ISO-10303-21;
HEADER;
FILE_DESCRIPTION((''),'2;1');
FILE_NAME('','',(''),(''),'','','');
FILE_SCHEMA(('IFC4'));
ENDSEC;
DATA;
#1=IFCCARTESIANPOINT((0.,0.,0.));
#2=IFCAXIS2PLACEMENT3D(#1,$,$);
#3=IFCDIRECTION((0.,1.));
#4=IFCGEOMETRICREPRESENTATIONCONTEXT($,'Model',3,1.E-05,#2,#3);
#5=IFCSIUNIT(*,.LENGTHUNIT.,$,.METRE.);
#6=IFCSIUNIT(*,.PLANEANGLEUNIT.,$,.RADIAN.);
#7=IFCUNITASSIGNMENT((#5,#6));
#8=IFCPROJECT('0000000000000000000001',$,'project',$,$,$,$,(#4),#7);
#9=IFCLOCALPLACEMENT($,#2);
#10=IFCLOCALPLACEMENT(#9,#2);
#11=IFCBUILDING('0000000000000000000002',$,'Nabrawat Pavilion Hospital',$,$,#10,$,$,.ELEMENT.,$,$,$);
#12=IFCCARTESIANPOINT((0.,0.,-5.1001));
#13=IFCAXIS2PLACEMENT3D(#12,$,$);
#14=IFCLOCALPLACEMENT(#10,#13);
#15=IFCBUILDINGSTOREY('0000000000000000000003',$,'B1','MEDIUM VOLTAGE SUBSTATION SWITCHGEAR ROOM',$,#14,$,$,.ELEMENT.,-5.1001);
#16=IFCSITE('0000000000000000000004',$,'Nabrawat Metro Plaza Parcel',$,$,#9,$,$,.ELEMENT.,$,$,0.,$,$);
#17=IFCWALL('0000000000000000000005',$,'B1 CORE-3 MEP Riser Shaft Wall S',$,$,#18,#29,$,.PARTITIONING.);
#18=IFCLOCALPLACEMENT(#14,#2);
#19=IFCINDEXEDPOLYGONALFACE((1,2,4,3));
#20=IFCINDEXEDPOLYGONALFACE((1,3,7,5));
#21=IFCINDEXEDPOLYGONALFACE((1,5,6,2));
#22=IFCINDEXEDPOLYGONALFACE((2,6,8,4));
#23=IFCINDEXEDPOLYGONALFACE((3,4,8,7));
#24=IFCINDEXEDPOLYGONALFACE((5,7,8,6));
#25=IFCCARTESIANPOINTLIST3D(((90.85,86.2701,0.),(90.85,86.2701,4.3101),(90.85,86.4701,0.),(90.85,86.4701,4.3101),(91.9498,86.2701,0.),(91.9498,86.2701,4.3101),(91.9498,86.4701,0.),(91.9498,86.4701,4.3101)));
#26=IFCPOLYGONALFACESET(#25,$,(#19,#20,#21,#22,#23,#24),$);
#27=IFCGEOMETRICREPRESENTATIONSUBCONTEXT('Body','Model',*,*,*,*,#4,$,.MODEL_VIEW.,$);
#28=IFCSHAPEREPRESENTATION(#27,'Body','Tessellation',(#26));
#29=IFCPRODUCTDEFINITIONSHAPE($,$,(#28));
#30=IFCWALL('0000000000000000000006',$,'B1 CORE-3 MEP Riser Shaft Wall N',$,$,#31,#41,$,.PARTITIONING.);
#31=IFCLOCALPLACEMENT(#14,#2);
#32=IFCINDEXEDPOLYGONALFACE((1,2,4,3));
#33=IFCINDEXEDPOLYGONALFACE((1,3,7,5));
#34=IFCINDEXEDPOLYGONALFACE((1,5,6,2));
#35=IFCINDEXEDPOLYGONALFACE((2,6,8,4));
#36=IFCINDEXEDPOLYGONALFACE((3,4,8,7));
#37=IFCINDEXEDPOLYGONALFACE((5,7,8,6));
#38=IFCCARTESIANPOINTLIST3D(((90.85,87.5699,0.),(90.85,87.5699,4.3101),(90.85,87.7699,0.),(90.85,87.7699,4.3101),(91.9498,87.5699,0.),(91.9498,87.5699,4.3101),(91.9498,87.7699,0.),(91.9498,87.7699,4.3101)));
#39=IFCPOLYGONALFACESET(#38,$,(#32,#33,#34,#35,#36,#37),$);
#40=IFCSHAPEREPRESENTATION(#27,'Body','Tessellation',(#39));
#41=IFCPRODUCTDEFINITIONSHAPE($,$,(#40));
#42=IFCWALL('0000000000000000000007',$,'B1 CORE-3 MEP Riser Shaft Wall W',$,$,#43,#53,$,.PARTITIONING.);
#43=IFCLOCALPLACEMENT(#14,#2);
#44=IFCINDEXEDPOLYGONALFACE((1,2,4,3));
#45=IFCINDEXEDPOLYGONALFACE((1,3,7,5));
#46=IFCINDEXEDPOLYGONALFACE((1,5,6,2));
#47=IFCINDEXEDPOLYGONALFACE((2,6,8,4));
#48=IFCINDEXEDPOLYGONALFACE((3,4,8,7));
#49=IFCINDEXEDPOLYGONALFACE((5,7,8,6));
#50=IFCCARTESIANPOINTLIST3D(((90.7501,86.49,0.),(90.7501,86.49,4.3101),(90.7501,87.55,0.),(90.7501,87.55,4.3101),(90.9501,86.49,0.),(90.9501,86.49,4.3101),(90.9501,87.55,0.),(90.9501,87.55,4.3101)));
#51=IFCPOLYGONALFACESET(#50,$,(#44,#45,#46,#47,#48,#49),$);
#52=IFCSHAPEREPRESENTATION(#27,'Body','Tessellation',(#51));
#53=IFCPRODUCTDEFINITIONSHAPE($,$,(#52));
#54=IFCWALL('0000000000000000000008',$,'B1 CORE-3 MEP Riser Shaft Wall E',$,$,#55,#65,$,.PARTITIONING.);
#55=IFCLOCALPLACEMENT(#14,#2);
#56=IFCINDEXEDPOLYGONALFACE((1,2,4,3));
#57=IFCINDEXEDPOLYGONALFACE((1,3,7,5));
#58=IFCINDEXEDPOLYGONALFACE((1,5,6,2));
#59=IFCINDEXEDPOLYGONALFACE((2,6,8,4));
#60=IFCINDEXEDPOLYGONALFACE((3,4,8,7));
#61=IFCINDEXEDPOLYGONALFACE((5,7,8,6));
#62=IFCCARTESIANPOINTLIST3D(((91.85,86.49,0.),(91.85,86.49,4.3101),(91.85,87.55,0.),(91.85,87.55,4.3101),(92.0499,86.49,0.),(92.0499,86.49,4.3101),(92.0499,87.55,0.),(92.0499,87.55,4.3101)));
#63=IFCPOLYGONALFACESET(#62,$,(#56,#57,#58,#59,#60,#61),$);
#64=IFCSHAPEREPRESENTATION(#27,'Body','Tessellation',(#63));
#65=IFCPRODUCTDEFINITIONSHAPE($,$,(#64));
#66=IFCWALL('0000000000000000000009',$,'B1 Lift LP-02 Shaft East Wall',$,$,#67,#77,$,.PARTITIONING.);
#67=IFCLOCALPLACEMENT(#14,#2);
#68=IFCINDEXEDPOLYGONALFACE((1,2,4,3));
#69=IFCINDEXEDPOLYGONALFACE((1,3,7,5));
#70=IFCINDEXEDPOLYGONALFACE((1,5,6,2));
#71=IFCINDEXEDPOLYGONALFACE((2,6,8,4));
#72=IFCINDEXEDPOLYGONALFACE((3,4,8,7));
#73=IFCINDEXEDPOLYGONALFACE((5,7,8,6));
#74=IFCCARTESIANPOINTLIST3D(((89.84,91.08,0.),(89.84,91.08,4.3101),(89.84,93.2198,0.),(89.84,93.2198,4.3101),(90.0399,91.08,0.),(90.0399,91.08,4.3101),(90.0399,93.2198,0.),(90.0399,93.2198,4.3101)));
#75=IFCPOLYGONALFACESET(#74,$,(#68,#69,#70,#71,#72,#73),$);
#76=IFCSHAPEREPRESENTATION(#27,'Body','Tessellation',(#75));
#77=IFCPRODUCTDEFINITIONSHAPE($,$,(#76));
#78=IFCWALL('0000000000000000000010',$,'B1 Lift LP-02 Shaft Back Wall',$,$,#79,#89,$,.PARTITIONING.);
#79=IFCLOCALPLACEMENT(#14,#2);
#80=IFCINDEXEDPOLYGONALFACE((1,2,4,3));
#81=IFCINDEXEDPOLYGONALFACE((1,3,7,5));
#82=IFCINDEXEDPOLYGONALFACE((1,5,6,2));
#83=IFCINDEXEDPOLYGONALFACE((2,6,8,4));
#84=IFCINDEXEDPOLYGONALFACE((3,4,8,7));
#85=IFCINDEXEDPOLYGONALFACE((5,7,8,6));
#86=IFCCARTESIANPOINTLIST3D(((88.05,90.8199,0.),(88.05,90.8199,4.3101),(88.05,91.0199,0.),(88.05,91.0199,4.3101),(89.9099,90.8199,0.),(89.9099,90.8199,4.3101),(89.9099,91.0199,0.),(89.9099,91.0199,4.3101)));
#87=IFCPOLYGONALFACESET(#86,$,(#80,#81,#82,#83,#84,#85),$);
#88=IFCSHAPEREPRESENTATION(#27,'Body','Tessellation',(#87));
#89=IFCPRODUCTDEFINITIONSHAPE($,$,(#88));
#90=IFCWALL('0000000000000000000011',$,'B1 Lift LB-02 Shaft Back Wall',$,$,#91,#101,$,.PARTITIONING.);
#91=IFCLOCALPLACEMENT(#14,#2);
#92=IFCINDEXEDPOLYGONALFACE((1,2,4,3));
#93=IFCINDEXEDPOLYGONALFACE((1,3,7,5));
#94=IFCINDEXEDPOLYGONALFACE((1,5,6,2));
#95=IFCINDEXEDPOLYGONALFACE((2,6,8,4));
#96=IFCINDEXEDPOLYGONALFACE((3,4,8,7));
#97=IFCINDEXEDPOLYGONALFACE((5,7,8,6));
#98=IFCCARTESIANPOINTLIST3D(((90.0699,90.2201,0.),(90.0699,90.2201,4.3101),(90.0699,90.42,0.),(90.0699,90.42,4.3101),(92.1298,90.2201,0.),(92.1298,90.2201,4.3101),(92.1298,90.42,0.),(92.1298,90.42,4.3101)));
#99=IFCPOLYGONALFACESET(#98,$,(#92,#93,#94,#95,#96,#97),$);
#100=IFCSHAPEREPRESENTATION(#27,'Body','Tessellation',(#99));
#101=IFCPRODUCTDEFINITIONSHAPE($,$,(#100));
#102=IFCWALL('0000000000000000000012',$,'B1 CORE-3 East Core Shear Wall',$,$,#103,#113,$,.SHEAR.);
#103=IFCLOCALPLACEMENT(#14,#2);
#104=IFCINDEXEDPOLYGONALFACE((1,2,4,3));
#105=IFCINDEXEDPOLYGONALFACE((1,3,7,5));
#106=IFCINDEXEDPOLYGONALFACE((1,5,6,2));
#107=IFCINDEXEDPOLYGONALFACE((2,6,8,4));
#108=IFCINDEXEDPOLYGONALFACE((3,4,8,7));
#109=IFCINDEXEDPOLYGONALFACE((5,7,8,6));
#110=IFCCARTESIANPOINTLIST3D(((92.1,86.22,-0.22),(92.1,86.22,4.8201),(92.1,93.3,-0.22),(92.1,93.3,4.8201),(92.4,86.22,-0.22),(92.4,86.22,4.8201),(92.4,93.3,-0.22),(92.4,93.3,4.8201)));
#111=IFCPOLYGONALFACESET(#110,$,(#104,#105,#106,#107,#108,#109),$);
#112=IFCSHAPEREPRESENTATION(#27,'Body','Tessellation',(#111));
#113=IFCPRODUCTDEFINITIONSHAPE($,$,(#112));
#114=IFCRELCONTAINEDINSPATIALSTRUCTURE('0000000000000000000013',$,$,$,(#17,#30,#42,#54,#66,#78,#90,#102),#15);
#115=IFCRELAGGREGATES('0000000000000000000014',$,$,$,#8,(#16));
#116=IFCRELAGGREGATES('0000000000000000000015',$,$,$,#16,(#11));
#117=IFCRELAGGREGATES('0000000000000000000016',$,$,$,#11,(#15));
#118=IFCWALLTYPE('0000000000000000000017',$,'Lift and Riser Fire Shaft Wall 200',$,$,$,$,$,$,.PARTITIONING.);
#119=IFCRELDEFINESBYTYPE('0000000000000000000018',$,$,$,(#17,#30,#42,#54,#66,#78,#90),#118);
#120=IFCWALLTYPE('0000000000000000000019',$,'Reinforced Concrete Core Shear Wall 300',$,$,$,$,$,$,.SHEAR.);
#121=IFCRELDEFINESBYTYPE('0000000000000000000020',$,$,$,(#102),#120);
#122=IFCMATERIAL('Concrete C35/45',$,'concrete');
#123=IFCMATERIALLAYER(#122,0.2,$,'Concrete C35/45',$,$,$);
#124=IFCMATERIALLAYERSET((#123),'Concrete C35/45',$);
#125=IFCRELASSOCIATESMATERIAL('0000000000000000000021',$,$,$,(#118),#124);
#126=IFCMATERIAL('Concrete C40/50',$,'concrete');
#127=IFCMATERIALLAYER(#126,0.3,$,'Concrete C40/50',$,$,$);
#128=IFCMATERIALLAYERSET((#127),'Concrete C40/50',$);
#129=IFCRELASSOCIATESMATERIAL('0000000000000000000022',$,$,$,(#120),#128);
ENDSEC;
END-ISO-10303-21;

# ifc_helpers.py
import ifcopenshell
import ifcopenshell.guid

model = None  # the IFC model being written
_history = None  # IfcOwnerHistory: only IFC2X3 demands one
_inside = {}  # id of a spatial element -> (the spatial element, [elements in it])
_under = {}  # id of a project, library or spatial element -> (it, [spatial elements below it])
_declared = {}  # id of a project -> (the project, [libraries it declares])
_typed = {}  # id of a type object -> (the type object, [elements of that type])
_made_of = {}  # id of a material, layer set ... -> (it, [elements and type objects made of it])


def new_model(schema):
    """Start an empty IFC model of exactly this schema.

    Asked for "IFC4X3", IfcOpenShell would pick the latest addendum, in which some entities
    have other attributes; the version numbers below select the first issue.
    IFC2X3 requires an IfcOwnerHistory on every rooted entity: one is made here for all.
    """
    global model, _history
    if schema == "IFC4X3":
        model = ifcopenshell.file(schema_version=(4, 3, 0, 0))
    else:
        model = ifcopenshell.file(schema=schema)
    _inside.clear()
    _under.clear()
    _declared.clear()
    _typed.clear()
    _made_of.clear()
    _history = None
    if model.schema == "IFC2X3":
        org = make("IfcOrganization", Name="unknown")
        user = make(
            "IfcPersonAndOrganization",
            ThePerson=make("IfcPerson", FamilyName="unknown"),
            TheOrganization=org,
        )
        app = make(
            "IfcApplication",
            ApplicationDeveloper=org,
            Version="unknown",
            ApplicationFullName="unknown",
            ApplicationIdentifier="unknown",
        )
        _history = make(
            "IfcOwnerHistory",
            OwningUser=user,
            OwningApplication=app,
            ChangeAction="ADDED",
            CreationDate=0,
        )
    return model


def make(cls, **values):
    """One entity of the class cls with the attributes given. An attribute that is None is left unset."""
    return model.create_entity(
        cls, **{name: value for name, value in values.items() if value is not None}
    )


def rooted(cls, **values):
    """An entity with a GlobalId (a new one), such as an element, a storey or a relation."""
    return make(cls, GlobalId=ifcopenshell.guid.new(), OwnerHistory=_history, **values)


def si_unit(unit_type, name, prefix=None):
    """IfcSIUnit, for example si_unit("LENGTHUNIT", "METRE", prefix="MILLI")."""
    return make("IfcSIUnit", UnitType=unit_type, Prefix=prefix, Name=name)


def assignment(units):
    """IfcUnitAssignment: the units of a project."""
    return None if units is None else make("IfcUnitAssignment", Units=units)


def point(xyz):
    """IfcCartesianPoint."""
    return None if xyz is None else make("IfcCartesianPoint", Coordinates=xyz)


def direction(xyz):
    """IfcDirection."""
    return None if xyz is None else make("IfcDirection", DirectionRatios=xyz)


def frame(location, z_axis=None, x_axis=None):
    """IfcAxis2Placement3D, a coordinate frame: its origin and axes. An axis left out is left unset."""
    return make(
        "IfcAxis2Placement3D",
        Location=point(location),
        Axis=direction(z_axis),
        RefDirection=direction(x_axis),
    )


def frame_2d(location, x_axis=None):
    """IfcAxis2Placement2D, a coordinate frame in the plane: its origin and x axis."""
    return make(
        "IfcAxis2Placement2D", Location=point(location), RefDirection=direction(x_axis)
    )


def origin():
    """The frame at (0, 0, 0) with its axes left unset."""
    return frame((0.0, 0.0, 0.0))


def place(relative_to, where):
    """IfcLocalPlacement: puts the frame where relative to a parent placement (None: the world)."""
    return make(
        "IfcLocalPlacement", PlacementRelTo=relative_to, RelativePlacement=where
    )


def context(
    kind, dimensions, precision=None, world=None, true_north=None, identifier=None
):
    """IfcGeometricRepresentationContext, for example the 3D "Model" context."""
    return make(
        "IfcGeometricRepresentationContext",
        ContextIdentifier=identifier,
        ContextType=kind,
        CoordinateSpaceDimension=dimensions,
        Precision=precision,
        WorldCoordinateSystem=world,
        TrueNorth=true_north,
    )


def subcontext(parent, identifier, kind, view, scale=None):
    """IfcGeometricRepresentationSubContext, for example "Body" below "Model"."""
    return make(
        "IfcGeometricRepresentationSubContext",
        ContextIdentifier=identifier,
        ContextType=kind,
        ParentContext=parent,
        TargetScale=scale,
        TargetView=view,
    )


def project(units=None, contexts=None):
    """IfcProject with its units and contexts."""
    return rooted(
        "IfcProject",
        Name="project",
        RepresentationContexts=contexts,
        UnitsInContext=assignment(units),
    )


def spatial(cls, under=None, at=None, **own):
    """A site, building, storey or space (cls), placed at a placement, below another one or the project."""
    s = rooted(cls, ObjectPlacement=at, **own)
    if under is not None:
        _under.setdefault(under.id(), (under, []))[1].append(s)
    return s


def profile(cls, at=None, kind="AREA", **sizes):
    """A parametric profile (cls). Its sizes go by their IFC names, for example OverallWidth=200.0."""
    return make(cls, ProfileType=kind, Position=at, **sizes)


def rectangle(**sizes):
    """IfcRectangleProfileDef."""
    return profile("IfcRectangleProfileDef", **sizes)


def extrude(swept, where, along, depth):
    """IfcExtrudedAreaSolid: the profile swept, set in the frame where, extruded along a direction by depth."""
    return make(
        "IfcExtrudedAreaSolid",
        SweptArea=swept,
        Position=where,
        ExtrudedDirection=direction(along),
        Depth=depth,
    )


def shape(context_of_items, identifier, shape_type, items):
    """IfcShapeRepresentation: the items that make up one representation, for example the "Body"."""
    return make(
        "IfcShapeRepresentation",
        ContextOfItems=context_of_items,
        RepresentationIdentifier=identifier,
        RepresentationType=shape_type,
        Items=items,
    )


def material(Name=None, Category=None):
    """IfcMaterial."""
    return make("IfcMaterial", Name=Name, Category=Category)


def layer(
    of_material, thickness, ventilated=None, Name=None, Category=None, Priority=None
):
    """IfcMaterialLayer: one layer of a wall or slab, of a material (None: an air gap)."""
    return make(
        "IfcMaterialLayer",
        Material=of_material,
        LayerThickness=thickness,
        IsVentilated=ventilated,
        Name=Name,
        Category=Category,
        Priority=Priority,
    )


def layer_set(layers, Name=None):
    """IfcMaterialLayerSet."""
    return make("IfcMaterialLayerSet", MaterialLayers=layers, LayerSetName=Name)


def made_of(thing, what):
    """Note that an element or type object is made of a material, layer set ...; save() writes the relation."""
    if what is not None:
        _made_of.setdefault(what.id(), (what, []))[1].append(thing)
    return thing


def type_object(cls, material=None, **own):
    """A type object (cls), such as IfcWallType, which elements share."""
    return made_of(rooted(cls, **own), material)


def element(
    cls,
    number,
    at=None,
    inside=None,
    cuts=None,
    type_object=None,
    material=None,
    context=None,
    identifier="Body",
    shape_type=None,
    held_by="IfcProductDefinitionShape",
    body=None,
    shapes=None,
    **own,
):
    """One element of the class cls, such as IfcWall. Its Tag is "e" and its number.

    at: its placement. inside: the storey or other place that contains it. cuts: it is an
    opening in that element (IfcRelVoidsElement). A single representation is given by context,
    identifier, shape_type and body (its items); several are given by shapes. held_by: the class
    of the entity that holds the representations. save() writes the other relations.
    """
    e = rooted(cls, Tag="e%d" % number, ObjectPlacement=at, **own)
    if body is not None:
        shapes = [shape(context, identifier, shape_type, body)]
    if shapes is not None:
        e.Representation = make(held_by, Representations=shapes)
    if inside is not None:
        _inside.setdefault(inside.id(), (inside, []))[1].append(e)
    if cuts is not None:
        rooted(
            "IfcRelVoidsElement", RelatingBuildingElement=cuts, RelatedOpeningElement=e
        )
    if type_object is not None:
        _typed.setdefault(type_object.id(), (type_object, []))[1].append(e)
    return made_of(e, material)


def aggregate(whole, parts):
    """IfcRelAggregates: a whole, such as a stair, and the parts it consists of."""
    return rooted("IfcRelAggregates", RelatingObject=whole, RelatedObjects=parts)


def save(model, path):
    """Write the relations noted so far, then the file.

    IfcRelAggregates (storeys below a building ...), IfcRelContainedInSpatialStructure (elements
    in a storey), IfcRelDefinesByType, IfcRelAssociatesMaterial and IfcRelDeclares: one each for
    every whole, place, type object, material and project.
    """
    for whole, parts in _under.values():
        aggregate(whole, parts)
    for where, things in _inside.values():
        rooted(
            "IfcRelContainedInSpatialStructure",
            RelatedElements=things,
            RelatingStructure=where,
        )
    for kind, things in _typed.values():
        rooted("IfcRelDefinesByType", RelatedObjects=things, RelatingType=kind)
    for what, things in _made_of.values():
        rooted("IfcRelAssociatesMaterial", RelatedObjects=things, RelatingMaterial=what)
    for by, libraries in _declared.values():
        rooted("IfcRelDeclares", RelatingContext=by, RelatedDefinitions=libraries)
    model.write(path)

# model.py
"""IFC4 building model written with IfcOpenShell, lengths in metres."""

from ifc_helpers import new_model, si_unit, direction, frame, frame_2d, origin, place, context, subcontext, project, spatial, rectangle, extrude, material, layer, layer_set, type_object, element, save


model = new_model("IFC4")

# Units and contexts
model_context = context("Model", 3, precision=1e-05, world=origin(), true_north=direction((0.0, 1.0)))
body_context = subcontext(model_context, "Body", "Model", "MODEL_VIEW")
ifc_project = project(units=[si_unit("LENGTHUNIT", "METRE"), si_unit("PLANEANGLEUNIT", "RADIAN")], contexts=[model_context])

# Site, building, storey
site_placement = place(None, origin())
site = spatial("IfcSite", under=ifc_project, at=site_placement, Name="Nabrawat Metro Plaza Parcel", CompositionType="ELEMENT", RefElevation=0.0)
building_placement = place(site_placement, origin())
building = spatial("IfcBuilding", under=site, at=building_placement, Name="Nabrawat Pavilion Hospital", CompositionType="ELEMENT")
storey_placement = place(building_placement, frame((0.0, 0.0, -5.1001)))
storey = spatial("IfcBuildingStorey", under=building, at=storey_placement, Name="B1", Description="MEDIUM VOLTAGE SUBSTATION SWITCHGEAR ROOM", CompositionType="ELEMENT", Elevation=-5.1001)

# Shared definitions
ifc_material_1 = material(Name="Concrete C35/45", Category="concrete")

# Shared definitions
ifc_material_2 = material(Name="Concrete C40/50", Category="concrete")

# Walls
ifc_layer_1 = layer(ifc_material_1, 0.2, Name="Concrete C35/45")
ifc_layer_set_1 = layer_set([ifc_layer_1], Name="Concrete C35/45")
wall_type_1 = type_object("IfcWallType", Name="Lift and Riser Fire Shaft Wall 200", PredefinedType="PARTITIONING", material=ifc_layer_set_1)
for number, where, z_axis, x_axis, name in (
    (1, (90.8501, 86.3701, 0.0), (0.0, 0.0, 1.0), (1.0, 0.0, 0.0), "B1 CORE-3 MEP Riser Shaft Wall S"),
    (2, (90.8501, 87.6699, 0.0), (0.0, 0.0, 1.0), (1.0, 0.0, 0.0), "B1 CORE-3 MEP Riser Shaft Wall N"),
):
    element("IfcWall", number, at=place(storey_placement, frame(where, z_axis=z_axis, x_axis=x_axis)), inside=storey, type_object=wall_type_1, Name=name, PredefinedType="PARTITIONING", context=body_context, shape_type="SweptSolid", body=[
        extrude(rectangle(XDim=1.0999, YDim=0.2, at=frame_2d((0.5498, 0.0))), origin(), (0.0, 0.0, 1.0), 4.3101),
    ])
for number, where, z_axis, x_axis, name in (
    (3, (90.8501, 86.49, 0.0), (0.0, 0.0, 1.0), (0.0, 1.0, 0.0), "B1 CORE-3 MEP Riser Shaft Wall W"),
    (4, (91.95, 86.49, 0.0), (0.0, 0.0, 1.0), (0.0, 1.0, 0.0), "B1 CORE-3 MEP Riser Shaft Wall E"),
):
    element("IfcWall", number, at=place(storey_placement, frame(where, z_axis=z_axis, x_axis=x_axis)), inside=storey, type_object=wall_type_1, Name=name, PredefinedType="PARTITIONING", context=body_context, shape_type="SweptSolid", body=[
        extrude(rectangle(XDim=1.0601, YDim=0.2, at=frame_2d((0.53, 0.0))), origin(), (0.0, 0.0, 1.0), 4.3101),
    ])
wall_1_placement = place(storey_placement, frame((89.9399, 91.0801, 0.0), z_axis=(0.0, 0.0, 1.0), x_axis=(0.0, 1.0, 0.0)))
element("IfcWall", 5, at=wall_1_placement, inside=storey, type_object=wall_type_1, Name="B1 Lift LP-02 Shaft East Wall", PredefinedType="PARTITIONING", context=body_context, shape_type="SweptSolid", body=[
    extrude(rectangle(XDim=2.1399, YDim=0.2, at=frame_2d((1.0698, 0.0))), origin(), (0.0, 0.0, 1.0), 4.3101),
])
wall_2_placement = place(storey_placement, frame((88.05, 90.9199, 0.0), z_axis=(0.0, 0.0, 1.0), x_axis=(1.0, 0.0, 0.0)))
element("IfcWall", 6, at=wall_2_placement, inside=storey, type_object=wall_type_1, Name="B1 Lift LP-02 Shaft Back Wall", PredefinedType="PARTITIONING", context=body_context, shape_type="SweptSolid", body=[
    extrude(rectangle(XDim=1.8599, YDim=0.2, at=frame_2d((0.9299, 0.0))), origin(), (0.0, 0.0, 1.0), 4.3101),
])
wall_3_placement = place(storey_placement, frame((90.0701, 90.3201, 0.0), z_axis=(0.0, 0.0, 1.0), x_axis=(1.0, 0.0, 0.0)))
element("IfcWall", 7, at=wall_3_placement, inside=storey, type_object=wall_type_1, Name="B1 Lift LB-02 Shaft Back Wall", PredefinedType="PARTITIONING", context=body_context, shape_type="SweptSolid", body=[
    extrude(rectangle(XDim=2.0598, YDim=0.2, at=frame_2d((1.0298, 0.0))), origin(), (0.0, 0.0, 1.0), 4.3101),
])
ifc_layer_2 = layer(ifc_material_2, 0.3, Name="Concrete C40/50")
ifc_layer_set_2 = layer_set([ifc_layer_2], Name="Concrete C40/50")
wall_type_2 = type_object("IfcWallType", Name="Reinforced Concrete Core Shear Wall 300", PredefinedType="SHEAR", material=ifc_layer_set_2)
wall_4_placement = place(storey_placement, frame((92.25, 86.22, -0.22), z_axis=(0.0, 0.0, 1.0), x_axis=(0.0, 1.0, 0.0)))
element("IfcWall", 8, at=wall_4_placement, inside=storey, type_object=wall_type_2, Name="B1 CORE-3 East Core Shear Wall", PredefinedType="SHEAR", context=body_context, shape_type="SweptSolid", body=[
    extrude(rectangle(XDim=7.0801, YDim=0.3, at=frame_2d((3.54, 0.0))), origin(), (0.0, 0.0, 1.0), 5.04),
])

save(model, "model.ifc")
